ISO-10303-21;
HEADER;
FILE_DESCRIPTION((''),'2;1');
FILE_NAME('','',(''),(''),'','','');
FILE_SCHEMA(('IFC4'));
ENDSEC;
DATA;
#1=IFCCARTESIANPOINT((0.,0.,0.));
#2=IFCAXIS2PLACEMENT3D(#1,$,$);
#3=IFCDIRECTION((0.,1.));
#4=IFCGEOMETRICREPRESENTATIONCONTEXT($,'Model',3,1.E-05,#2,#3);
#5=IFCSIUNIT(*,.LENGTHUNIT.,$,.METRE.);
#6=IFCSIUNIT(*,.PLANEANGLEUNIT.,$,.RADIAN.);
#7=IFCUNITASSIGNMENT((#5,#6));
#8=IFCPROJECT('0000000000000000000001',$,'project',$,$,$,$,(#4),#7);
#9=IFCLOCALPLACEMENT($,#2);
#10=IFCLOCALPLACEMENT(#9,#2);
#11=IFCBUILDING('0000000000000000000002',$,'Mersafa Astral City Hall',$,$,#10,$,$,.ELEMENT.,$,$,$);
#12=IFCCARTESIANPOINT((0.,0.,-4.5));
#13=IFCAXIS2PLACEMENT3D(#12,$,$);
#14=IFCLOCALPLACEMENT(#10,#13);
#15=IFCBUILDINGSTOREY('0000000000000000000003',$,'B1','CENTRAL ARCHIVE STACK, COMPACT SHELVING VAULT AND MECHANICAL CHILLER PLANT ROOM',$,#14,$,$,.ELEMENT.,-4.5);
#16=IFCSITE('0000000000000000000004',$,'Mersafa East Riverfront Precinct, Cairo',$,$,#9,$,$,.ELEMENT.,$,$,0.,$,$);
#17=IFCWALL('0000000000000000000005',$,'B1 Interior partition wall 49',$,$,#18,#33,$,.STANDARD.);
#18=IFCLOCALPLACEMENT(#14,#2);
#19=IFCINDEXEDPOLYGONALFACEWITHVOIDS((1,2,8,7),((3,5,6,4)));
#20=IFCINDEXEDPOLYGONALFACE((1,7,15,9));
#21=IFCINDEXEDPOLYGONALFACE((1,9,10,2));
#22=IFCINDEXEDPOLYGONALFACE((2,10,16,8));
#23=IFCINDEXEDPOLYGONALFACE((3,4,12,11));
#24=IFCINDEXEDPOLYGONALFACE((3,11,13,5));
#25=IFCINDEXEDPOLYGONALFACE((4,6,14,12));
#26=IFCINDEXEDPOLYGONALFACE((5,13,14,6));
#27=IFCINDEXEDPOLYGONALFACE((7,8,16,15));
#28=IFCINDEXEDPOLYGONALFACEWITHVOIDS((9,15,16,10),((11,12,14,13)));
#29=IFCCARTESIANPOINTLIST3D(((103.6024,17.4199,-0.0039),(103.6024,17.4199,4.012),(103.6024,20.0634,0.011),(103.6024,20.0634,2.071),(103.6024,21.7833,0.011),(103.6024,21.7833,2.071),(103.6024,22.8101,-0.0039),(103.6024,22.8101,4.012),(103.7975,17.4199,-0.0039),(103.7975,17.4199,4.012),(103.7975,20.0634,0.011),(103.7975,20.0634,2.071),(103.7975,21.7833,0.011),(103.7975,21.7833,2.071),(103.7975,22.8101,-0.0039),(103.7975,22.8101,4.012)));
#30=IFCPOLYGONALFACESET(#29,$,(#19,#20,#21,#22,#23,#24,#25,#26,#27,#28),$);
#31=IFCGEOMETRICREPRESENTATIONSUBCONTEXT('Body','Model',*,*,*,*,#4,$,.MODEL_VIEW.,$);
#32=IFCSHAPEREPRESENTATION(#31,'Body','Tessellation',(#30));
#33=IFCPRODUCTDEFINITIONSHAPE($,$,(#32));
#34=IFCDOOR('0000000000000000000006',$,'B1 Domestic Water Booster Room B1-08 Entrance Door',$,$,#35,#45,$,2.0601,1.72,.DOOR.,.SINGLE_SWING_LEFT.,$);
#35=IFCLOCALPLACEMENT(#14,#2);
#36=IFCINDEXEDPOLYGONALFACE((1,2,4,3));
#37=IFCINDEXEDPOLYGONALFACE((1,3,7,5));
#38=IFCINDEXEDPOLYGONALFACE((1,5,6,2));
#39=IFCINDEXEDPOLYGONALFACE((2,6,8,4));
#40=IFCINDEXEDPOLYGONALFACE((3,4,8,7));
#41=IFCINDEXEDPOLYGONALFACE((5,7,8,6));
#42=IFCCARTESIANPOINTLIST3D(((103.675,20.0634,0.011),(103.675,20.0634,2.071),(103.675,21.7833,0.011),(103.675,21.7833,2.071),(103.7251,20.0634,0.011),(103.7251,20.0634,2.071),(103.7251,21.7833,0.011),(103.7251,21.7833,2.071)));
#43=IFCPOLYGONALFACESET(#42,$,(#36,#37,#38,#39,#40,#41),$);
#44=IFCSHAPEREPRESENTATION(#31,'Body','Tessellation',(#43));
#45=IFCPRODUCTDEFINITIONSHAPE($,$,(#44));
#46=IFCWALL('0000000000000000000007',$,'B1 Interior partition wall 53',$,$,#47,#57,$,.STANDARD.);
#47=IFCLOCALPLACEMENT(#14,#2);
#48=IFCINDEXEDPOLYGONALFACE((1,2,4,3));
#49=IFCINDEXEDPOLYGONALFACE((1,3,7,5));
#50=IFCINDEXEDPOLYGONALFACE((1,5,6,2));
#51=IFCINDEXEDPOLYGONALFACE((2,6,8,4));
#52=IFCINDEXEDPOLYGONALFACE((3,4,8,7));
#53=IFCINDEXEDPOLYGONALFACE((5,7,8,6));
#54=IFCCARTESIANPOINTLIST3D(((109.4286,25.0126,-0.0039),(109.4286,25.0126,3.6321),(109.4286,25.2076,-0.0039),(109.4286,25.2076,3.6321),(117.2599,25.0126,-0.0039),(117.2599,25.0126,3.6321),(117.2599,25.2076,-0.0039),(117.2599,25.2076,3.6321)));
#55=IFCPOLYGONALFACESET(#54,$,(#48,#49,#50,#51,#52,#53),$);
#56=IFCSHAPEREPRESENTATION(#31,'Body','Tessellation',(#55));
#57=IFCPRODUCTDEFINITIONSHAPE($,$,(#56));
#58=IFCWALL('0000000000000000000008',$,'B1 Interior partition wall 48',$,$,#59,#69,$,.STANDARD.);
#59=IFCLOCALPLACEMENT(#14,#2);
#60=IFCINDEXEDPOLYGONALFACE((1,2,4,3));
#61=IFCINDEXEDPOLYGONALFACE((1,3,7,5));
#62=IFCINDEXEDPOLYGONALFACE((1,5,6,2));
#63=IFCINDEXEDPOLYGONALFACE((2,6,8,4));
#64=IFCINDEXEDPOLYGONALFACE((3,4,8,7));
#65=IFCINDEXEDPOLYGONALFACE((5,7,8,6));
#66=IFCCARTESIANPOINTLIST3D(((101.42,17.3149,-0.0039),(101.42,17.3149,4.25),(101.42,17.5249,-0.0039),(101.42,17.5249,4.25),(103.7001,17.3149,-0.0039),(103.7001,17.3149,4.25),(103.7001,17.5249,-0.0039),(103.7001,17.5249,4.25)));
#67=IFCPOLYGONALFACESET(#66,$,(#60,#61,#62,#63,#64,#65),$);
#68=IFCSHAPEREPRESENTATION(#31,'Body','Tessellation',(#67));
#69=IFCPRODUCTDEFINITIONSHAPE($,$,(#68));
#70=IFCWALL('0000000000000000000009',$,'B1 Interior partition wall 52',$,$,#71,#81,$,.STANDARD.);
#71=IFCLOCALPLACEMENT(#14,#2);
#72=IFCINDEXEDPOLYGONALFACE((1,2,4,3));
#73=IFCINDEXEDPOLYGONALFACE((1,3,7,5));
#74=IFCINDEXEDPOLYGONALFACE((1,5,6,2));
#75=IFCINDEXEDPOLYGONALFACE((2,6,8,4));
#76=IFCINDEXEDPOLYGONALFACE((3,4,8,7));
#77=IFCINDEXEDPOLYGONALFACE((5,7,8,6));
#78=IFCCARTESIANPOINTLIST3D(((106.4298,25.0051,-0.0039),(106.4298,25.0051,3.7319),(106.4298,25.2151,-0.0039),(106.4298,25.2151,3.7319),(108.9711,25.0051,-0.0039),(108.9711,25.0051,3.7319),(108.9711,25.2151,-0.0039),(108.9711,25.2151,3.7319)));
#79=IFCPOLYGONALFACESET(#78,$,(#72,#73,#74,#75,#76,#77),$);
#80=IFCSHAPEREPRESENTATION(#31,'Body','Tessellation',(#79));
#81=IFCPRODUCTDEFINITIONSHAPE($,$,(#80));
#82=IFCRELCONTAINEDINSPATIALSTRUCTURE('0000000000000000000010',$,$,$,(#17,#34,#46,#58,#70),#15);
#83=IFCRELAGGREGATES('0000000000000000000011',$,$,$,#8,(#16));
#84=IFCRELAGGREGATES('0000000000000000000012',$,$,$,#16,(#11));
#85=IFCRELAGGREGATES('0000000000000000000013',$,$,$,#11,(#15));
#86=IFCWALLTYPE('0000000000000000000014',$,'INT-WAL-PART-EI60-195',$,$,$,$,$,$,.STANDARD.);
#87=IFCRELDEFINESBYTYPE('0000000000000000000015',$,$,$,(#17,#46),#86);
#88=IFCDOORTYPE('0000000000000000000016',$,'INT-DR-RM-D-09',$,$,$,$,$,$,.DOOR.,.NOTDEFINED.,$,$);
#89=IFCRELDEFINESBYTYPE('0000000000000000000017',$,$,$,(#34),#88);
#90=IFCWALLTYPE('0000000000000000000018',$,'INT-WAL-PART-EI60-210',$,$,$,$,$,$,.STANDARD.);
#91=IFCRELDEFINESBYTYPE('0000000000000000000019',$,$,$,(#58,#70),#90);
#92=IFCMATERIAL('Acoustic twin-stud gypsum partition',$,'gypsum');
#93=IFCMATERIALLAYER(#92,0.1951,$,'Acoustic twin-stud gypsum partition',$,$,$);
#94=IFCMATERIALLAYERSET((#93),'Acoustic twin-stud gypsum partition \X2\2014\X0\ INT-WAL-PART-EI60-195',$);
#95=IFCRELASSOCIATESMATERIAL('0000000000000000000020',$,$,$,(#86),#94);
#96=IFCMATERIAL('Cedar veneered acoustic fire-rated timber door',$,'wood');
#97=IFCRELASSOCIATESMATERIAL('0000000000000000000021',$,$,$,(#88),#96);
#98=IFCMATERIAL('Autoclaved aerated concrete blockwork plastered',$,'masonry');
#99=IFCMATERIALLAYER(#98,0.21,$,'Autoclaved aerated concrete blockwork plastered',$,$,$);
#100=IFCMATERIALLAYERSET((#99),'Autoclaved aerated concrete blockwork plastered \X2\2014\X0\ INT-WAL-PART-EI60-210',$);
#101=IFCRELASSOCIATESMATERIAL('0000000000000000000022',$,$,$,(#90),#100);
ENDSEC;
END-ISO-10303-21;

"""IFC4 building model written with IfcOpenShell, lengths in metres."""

from ifc_helpers import new_model, si_unit, direction, frame, frame_2d, origin, place, context, subcontext, project, spatial, rectangle, extrude, material, layer, layer_set, type_object, element, fill, save


model = new_model("IFC4")

# Units and contexts
model_context = context("Model", 3, precision=1e-05, world=origin(), true_north=direction((0.0, 1.0)))
body_context = subcontext(model_context, "Body", "Model", "MODEL_VIEW")
ifc_project = project(units=[si_unit("LENGTHUNIT", "METRE"), si_unit("PLANEANGLEUNIT", "RADIAN")], contexts=[model_context])

# Site, building, storey
site_placement = place(None, origin())
site = spatial("IfcSite", under=ifc_project, at=site_placement, Name="Mersafa East Riverfront Precinct, Cairo", CompositionType="ELEMENT", RefElevation=0.0)
building_placement = place(site_placement, origin())
building = spatial("IfcBuilding", under=site, at=building_placement, Name="Mersafa Astral City Hall", CompositionType="ELEMENT")
storey_placement = place(building_placement, frame((0.0, 0.0, -4.5)))
storey = spatial("IfcBuildingStorey", under=building, at=storey_placement, Name="B1", Description="CENTRAL ARCHIVE STACK, COMPACT SHELVING VAULT AND MECHANICAL CHILLER PLANT ROOM", CompositionType="ELEMENT", Elevation=-4.5)

# Shared definitions
ifc_material_1 = material(Name="Acoustic twin-stud gypsum partition", Category="gypsum")

# Wall, opening, door
ifc_layer_1 = layer(ifc_material_1, 0.1951, Name="Acoustic twin-stud gypsum partition")
ifc_layer_set_1 = layer_set([ifc_layer_1], Name="Acoustic twin-stud gypsum partition — INT-WAL-PART-EI60-195")
wall_type_1 = type_object("IfcWallType", Name="INT-WAL-PART-EI60-195", PredefinedType="STANDARD", material=ifc_layer_set_1)
wall_1_placement = place(storey_placement, frame((103.7, 17.4199, -0.0039), z_axis=(0.0, 0.0, 1.0), x_axis=(0.0, 1.0, 0.0)))
wall_1 = element("IfcWall", 1, at=wall_1_placement, inside=storey, type_object=wall_type_1, Name="B1 Interior partition wall 49", PredefinedType="STANDARD", context=body_context, shape_type="SweptSolid", body=[
    extrude(rectangle(XDim=5.3901, YDim=0.1951, at=frame_2d((2.6951, 0.0))), origin(), (0.0, 0.0, 1.0), 4.0159),
])
opening_placement = place(wall_1_placement, frame((2.6436, 0.0, 0.0149)))
opening = element("IfcOpeningElement", 2, at=opening_placement, cuts=wall_1, PredefinedType="OPENING", context=body_context, shape_type="SweptSolid", body=[
    extrude(rectangle(XDim=1.72, YDim=2.0601, at=frame_2d((0.8599, 1.03))), frame((0.0, 0.1074, 0.0), z_axis=(0.0, -1.0, 0.0), x_axis=(1.0, 0.0, 0.0)), (0.0, 0.0, 1.0), 0.2151),
])
ifc_material_2 = material(Name="Cedar veneered acoustic fire-rated timber door", Category="wood")
door_type = type_object("IfcDoorType", Name="INT-DR-RM-D-09", OperationType="NOTDEFINED", PredefinedType="DOOR", material=ifc_material_2)
door_placement = place(opening_placement, origin())
door = element("IfcDoor", 3, at=door_placement, inside=storey, type_object=door_type, Name="B1 Domestic Water Booster Room B1-08 Entrance Door", OperationType="SINGLE_SWING_LEFT", OverallHeight=2.0601, OverallWidth=1.72, PredefinedType="DOOR", context=body_context, shape_type="SweptSolid", body=[
    extrude(rectangle(XDim=1.72, YDim=2.0601, at=frame_2d((0.8599, 1.03))), frame((0.0, 0.0249, 0.0), z_axis=(0.0, -1.0, 0.0), x_axis=(1.0, 0.0, 0.0)), (0.0, 0.0, 1.0), 0.05),
])
fill(opening, door)

# Walls
wall_2_placement = place(storey_placement, frame((109.4287, 25.1101, -0.0039), z_axis=(0.0, 0.0, 1.0), x_axis=(1.0, 0.0, 0.0)))
element("IfcWall", 4, at=wall_2_placement, inside=storey, type_object=wall_type_1, Name="B1 Interior partition wall 53", PredefinedType="STANDARD", context=body_context, shape_type="SweptSolid", body=[
    extrude(rectangle(XDim=7.8313, YDim=0.1951, at=frame_2d((3.9155, 0.0))), origin(), (0.0, 0.0, 1.0), 3.636),
])
ifc_material_3 = material(Name="Autoclaved aerated concrete blockwork plastered", Category="masonry")
ifc_layer_2 = layer(ifc_material_3, 0.21, Name="Autoclaved aerated concrete blockwork plastered")
ifc_layer_set_2 = layer_set([ifc_layer_2], Name="Autoclaved aerated concrete blockwork plastered — INT-WAL-PART-EI60-210")
wall_type_2 = type_object("IfcWallType", Name="INT-WAL-PART-EI60-210", PredefinedType="STANDARD", material=ifc_layer_set_2)
wall_3_placement = place(storey_placement, frame((101.4199, 17.4199, -0.0039), z_axis=(0.0, 0.0, 1.0), x_axis=(1.0, 0.0, 0.0)))
element("IfcWall", 5, at=wall_3_placement, inside=storey, type_object=wall_type_2, Name="B1 Interior partition wall 48", PredefinedType="STANDARD", context=body_context, shape_type="SweptSolid", body=[
    extrude(rectangle(XDim=2.28, YDim=0.21, at=frame_2d((1.1401, 0.0))), origin(), (0.0, 0.0, 1.0), 4.2539),
])
wall_4_placement = place(storey_placement, frame((106.4299, 25.1101, -0.0039), z_axis=(0.0, 0.0, 1.0), x_axis=(1.0, 0.0, 0.0)))
element("IfcWall", 6, at=wall_4_placement, inside=storey, type_object=wall_type_2, Name="B1 Interior partition wall 52", PredefinedType="STANDARD", context=body_context, shape_type="SweptSolid", body=[
    extrude(rectangle(XDim=2.5413, YDim=0.21, at=frame_2d((1.2705, 0.0))), origin(), (0.0, 0.0, 1.0), 3.7358),
])

save(model, "model.ifc")
